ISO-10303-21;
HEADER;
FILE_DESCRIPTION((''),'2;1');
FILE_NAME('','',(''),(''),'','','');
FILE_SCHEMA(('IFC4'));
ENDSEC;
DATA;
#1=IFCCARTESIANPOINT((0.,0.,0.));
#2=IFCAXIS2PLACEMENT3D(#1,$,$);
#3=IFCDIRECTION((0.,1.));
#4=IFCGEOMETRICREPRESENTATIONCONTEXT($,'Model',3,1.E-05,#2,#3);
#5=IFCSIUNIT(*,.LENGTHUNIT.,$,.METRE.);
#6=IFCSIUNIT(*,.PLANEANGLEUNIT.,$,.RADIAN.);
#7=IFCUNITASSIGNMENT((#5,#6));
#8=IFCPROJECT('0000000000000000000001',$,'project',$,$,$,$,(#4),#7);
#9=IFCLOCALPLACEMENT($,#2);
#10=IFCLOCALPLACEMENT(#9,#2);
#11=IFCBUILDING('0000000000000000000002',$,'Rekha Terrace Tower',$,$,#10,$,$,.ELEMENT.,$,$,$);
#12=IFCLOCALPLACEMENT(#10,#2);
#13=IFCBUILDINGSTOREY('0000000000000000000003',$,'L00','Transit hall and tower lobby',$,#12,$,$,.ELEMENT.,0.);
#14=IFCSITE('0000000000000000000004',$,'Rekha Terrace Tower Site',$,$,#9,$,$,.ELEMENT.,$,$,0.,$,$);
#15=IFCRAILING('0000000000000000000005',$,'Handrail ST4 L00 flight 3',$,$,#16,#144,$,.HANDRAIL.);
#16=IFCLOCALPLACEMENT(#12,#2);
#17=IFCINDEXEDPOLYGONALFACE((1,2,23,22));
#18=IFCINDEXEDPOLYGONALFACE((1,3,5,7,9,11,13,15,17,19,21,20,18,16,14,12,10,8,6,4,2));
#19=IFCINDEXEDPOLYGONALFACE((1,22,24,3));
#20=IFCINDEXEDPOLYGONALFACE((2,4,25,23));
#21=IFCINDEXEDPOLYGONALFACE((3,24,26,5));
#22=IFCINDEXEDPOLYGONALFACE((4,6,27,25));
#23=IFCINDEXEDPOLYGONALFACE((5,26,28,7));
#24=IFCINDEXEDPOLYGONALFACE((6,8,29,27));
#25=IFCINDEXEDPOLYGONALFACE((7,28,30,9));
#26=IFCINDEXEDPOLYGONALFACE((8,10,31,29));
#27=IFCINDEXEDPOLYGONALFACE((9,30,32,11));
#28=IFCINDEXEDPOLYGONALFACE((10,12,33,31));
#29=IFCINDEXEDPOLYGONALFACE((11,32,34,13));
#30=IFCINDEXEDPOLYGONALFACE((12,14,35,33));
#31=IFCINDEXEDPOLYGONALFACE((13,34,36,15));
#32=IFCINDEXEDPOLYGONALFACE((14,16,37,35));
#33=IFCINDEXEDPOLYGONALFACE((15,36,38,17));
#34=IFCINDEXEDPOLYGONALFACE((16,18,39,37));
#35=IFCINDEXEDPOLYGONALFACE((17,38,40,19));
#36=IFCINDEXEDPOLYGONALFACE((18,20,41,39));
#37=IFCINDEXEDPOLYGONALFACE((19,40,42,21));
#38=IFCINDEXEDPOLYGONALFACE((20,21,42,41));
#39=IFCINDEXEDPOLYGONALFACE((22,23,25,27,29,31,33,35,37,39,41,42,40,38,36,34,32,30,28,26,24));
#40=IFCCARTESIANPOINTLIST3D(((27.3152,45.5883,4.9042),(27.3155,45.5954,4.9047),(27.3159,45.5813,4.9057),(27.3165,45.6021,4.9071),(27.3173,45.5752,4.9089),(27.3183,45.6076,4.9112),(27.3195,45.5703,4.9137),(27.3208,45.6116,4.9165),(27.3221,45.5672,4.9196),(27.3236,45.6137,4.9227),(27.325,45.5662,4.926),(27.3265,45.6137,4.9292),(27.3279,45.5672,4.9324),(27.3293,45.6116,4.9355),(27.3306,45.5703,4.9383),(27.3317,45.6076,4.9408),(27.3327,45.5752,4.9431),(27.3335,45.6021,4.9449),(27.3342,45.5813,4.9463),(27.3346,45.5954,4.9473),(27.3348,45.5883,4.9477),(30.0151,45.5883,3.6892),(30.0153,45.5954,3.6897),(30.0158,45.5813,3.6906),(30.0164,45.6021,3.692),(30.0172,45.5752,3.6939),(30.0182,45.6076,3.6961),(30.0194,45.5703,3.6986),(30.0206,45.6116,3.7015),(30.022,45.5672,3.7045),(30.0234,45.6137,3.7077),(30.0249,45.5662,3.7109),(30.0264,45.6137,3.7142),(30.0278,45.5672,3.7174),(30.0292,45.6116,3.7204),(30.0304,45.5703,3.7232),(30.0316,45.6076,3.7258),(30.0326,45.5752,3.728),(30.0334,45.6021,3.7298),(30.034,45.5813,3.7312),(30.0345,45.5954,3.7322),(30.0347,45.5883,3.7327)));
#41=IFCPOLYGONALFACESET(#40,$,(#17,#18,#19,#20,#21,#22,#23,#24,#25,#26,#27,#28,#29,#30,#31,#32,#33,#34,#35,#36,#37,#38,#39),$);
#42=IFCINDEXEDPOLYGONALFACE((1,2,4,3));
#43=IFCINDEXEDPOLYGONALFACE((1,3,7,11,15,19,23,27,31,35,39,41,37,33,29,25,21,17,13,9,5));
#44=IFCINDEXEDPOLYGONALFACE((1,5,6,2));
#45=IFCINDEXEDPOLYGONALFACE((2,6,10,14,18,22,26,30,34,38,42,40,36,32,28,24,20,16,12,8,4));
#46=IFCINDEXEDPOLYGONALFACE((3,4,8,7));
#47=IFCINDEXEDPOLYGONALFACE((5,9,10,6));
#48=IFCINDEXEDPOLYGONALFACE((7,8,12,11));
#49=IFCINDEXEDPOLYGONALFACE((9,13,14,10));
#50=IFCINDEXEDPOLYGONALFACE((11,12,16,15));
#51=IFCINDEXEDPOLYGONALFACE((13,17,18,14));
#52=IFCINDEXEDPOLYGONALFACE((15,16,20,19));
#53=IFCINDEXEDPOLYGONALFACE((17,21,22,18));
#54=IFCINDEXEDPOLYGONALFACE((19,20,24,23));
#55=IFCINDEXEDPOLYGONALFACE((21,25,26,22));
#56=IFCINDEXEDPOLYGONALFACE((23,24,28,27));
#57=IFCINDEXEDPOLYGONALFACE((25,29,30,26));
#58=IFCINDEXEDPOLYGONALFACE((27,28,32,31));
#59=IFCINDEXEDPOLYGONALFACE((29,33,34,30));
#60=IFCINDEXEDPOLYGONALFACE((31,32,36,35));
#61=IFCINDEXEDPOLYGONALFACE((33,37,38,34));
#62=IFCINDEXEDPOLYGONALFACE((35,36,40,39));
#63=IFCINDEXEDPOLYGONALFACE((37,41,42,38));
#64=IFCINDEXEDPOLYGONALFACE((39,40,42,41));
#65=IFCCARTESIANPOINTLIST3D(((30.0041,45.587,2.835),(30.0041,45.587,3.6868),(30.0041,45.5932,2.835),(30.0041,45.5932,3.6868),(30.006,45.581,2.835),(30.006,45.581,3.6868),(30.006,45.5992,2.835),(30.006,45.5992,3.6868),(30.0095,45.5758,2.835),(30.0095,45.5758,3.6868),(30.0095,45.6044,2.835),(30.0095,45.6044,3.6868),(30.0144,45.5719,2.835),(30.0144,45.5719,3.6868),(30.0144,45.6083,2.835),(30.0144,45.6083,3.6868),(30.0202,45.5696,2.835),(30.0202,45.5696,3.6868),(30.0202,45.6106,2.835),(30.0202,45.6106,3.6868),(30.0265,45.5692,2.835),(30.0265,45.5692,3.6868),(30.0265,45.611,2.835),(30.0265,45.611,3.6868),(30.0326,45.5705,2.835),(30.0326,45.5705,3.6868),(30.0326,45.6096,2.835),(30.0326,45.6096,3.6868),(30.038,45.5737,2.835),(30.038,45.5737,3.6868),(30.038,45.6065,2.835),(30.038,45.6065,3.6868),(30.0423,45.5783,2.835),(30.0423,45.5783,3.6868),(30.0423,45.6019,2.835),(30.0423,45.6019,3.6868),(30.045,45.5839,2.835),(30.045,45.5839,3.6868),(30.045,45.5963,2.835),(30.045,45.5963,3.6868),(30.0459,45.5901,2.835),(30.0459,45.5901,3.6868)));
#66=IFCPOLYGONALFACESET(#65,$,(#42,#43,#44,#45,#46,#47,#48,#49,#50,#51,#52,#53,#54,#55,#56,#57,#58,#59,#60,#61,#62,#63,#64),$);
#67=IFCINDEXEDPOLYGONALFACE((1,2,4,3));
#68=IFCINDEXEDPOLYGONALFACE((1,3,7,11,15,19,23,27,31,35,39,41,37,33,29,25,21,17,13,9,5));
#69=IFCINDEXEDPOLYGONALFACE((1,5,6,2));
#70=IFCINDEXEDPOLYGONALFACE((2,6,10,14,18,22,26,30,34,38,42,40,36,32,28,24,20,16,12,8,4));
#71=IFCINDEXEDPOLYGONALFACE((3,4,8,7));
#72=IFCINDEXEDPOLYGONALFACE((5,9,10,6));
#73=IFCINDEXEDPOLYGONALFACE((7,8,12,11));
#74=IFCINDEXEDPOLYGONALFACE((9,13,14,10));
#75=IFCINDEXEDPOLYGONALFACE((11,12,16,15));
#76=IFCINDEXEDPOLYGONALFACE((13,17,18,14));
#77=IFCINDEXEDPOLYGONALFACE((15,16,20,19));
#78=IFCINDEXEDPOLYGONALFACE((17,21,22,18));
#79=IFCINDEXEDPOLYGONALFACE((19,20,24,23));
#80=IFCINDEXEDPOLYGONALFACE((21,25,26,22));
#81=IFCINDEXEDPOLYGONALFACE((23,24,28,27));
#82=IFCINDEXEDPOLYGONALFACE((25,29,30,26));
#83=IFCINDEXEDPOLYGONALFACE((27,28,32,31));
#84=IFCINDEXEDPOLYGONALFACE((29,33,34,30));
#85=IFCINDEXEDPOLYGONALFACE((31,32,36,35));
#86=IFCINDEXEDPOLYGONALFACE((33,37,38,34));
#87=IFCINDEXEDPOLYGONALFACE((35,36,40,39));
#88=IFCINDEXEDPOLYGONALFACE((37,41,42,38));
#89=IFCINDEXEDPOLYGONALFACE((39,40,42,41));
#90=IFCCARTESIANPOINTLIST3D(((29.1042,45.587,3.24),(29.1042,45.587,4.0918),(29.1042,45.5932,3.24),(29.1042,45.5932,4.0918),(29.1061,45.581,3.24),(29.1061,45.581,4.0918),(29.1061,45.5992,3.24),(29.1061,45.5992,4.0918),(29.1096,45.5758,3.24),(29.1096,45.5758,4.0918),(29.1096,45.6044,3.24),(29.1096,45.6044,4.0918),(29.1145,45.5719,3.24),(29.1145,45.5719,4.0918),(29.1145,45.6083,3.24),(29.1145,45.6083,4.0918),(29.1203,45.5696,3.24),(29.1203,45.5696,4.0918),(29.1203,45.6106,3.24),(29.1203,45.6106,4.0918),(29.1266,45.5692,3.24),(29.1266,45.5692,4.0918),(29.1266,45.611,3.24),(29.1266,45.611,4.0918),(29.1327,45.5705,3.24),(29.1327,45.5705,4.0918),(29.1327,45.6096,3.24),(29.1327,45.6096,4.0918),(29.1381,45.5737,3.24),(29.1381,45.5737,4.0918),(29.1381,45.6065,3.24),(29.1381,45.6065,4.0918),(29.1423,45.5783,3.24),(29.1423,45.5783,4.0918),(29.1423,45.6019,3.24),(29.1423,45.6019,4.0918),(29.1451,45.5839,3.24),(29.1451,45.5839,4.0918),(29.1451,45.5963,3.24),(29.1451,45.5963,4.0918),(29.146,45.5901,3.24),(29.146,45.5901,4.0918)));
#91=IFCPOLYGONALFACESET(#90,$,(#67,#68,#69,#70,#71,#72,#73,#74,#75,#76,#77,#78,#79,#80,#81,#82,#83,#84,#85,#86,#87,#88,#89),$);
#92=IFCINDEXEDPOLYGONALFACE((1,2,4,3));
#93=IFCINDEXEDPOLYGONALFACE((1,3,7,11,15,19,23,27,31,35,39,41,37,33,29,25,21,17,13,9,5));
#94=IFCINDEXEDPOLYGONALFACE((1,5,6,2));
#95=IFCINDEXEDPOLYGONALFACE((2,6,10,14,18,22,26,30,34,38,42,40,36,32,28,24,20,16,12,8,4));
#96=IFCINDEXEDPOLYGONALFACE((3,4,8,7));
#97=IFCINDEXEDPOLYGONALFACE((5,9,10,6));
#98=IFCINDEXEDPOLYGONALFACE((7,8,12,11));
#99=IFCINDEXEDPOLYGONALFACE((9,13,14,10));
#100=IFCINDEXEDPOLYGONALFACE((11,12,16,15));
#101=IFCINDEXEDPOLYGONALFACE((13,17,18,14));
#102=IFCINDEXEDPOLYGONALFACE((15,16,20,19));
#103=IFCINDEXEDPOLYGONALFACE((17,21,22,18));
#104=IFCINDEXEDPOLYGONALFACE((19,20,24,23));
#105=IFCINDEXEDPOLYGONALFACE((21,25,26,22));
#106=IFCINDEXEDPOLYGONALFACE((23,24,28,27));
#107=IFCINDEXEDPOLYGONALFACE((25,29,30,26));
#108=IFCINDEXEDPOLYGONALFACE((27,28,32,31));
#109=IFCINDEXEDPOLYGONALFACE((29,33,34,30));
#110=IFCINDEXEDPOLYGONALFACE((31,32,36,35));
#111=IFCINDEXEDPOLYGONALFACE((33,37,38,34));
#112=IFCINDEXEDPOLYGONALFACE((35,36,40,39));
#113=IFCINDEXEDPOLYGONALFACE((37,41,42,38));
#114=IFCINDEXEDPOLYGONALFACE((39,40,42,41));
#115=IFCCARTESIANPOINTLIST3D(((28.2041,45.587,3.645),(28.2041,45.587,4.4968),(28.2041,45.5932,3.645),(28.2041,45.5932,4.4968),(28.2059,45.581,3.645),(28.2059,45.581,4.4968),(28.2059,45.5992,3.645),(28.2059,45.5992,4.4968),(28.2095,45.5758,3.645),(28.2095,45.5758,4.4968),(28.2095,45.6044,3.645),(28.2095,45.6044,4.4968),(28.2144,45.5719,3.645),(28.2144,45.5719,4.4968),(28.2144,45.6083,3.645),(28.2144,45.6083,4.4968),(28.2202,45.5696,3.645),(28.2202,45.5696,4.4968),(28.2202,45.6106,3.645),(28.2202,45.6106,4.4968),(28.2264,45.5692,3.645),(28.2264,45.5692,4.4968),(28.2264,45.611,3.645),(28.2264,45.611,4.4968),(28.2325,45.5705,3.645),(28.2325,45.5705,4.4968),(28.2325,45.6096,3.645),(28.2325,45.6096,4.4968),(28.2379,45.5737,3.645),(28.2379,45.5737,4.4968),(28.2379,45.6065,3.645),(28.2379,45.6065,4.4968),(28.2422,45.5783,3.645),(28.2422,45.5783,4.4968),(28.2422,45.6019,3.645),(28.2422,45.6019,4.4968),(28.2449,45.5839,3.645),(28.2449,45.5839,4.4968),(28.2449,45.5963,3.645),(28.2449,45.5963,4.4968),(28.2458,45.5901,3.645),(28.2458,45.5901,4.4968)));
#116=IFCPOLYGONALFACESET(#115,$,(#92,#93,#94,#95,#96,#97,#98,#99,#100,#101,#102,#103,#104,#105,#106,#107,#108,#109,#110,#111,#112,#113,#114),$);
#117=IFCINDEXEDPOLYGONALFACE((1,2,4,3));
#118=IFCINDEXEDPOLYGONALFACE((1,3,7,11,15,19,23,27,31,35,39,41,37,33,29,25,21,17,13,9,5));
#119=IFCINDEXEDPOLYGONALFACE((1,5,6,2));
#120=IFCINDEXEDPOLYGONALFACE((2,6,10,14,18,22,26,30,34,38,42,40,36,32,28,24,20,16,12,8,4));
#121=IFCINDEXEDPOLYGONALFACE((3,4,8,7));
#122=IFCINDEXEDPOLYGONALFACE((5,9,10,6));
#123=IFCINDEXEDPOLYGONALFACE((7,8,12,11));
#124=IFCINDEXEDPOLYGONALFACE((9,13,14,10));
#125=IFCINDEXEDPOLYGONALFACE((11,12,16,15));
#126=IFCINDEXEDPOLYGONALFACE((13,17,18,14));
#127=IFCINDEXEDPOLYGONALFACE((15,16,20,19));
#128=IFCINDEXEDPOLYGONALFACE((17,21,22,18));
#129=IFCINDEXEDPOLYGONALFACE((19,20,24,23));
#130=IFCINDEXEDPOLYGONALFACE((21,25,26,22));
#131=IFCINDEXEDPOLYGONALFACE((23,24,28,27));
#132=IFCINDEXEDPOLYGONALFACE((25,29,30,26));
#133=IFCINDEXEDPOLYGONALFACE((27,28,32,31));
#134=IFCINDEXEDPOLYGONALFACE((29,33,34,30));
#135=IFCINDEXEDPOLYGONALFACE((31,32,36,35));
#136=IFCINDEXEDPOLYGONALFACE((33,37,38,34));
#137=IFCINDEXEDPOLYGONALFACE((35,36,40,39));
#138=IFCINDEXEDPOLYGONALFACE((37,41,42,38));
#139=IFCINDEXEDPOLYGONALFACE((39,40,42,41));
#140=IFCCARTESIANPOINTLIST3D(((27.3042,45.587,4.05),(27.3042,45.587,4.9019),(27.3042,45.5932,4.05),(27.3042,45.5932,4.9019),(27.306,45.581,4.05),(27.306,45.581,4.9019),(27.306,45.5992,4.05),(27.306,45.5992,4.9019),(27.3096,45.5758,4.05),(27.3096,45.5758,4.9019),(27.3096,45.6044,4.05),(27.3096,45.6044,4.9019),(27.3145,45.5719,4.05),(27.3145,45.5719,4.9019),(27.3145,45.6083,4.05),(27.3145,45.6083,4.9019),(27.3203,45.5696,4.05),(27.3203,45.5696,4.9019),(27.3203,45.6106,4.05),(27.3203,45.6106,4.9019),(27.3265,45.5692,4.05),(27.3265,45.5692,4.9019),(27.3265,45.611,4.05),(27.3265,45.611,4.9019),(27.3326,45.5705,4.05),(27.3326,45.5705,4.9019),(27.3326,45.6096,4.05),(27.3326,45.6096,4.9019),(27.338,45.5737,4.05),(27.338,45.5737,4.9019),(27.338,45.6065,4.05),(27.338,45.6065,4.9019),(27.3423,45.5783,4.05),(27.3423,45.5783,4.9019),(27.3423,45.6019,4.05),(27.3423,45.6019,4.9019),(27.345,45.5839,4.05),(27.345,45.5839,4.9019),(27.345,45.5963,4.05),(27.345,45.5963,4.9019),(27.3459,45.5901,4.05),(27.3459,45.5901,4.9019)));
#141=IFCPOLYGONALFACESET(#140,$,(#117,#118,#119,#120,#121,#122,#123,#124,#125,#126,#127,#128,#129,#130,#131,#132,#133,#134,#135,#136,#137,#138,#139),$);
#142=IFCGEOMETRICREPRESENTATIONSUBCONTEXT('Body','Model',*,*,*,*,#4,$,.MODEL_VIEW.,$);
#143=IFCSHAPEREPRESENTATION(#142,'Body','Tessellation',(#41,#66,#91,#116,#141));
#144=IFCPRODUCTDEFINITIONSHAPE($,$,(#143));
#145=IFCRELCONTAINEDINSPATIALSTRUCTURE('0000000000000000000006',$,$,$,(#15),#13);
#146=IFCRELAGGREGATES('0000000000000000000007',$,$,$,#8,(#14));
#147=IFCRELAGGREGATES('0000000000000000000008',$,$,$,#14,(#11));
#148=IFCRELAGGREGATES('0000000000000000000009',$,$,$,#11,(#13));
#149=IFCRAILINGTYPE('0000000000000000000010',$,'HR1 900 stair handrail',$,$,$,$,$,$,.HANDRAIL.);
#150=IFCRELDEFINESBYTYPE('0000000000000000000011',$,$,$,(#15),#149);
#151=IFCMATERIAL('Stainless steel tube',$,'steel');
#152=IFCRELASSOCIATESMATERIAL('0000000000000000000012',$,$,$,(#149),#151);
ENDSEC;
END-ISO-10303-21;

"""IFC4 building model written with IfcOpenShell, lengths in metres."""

from ifc_helpers import new_model, si_unit, direction, frame, origin, origin_2d, place, context, subcontext, project, spatial, circle, extrude, material, type_object, element, save


model = new_model("IFC4")

# Units and contexts
model_context = context("Model", 3, precision=1e-05, world=origin(), true_north=direction((0.0, 1.0)))
body_context = subcontext(model_context, "Body", "Model", "MODEL_VIEW")
ifc_project = project(units=[si_unit("LENGTHUNIT", "METRE"), si_unit("PLANEANGLEUNIT", "RADIAN")], contexts=[model_context])

# Site, building, storey
site_placement = place(None, origin())
site = spatial("IfcSite", under=ifc_project, at=site_placement, Name="Rekha Terrace Tower Site", CompositionType="ELEMENT", RefElevation=0.0)
building_placement = place(site_placement, origin())
building = spatial("IfcBuilding", under=site, at=building_placement, Name="Rekha Terrace Tower", CompositionType="ELEMENT")
storey_placement = place(building_placement, origin())
storey = spatial("IfcBuildingStorey", under=building, at=storey_placement, Name="L00", Description="Transit hall and tower lobby", CompositionType="ELEMENT", Elevation=0.0)

# Railing
ifc_material_1 = material(Name="Stainless steel tube", Category="steel")
railing_type_1 = type_object("IfcRailingType", Name="HR1 900 stair handrail", PredefinedType="HANDRAIL", material=ifc_material_1)
railing_1_placement = place(storey_placement, frame((30.0249, 45.5901, 2.835)))
element("IfcRailing", 1, at=railing_1_placement, inside=storey, type_object=railing_type_1, Name="Handrail ST4 L00 flight 3", PredefinedType="HANDRAIL", context=body_context, shape_type="SweptSolid", body=[
    extrude(circle(Radius=0.0239, at=origin_2d()), frame((0.0, 0.0, 0.876), z_axis=(-0.911908, 0.0, 0.410396), x_axis=(0.0, -1.0, 0.0)), (0.0, 0.0, 1.0), 2.9607),
    extrude(circle(Radius=0.021, at=origin_2d()), origin(), (0.0, 0.0, 1.0), 0.8518),
    extrude(circle(Radius=0.021, at=origin_2d()), frame((-0.8999, 0.0, 0.405)), (0.0, 0.0, 1.0), 0.8518),
    extrude(circle(Radius=0.021, at=origin_2d()), frame((-1.8, 0.0, 0.8101)), (0.0, 0.0, 1.0), 0.8518),
    extrude(circle(Radius=0.021, at=origin_2d()), frame((-2.7, 0.0, 1.2151)), (0.0, 0.0, 1.0), 0.8518),
])

save(model, "model.ifc")
